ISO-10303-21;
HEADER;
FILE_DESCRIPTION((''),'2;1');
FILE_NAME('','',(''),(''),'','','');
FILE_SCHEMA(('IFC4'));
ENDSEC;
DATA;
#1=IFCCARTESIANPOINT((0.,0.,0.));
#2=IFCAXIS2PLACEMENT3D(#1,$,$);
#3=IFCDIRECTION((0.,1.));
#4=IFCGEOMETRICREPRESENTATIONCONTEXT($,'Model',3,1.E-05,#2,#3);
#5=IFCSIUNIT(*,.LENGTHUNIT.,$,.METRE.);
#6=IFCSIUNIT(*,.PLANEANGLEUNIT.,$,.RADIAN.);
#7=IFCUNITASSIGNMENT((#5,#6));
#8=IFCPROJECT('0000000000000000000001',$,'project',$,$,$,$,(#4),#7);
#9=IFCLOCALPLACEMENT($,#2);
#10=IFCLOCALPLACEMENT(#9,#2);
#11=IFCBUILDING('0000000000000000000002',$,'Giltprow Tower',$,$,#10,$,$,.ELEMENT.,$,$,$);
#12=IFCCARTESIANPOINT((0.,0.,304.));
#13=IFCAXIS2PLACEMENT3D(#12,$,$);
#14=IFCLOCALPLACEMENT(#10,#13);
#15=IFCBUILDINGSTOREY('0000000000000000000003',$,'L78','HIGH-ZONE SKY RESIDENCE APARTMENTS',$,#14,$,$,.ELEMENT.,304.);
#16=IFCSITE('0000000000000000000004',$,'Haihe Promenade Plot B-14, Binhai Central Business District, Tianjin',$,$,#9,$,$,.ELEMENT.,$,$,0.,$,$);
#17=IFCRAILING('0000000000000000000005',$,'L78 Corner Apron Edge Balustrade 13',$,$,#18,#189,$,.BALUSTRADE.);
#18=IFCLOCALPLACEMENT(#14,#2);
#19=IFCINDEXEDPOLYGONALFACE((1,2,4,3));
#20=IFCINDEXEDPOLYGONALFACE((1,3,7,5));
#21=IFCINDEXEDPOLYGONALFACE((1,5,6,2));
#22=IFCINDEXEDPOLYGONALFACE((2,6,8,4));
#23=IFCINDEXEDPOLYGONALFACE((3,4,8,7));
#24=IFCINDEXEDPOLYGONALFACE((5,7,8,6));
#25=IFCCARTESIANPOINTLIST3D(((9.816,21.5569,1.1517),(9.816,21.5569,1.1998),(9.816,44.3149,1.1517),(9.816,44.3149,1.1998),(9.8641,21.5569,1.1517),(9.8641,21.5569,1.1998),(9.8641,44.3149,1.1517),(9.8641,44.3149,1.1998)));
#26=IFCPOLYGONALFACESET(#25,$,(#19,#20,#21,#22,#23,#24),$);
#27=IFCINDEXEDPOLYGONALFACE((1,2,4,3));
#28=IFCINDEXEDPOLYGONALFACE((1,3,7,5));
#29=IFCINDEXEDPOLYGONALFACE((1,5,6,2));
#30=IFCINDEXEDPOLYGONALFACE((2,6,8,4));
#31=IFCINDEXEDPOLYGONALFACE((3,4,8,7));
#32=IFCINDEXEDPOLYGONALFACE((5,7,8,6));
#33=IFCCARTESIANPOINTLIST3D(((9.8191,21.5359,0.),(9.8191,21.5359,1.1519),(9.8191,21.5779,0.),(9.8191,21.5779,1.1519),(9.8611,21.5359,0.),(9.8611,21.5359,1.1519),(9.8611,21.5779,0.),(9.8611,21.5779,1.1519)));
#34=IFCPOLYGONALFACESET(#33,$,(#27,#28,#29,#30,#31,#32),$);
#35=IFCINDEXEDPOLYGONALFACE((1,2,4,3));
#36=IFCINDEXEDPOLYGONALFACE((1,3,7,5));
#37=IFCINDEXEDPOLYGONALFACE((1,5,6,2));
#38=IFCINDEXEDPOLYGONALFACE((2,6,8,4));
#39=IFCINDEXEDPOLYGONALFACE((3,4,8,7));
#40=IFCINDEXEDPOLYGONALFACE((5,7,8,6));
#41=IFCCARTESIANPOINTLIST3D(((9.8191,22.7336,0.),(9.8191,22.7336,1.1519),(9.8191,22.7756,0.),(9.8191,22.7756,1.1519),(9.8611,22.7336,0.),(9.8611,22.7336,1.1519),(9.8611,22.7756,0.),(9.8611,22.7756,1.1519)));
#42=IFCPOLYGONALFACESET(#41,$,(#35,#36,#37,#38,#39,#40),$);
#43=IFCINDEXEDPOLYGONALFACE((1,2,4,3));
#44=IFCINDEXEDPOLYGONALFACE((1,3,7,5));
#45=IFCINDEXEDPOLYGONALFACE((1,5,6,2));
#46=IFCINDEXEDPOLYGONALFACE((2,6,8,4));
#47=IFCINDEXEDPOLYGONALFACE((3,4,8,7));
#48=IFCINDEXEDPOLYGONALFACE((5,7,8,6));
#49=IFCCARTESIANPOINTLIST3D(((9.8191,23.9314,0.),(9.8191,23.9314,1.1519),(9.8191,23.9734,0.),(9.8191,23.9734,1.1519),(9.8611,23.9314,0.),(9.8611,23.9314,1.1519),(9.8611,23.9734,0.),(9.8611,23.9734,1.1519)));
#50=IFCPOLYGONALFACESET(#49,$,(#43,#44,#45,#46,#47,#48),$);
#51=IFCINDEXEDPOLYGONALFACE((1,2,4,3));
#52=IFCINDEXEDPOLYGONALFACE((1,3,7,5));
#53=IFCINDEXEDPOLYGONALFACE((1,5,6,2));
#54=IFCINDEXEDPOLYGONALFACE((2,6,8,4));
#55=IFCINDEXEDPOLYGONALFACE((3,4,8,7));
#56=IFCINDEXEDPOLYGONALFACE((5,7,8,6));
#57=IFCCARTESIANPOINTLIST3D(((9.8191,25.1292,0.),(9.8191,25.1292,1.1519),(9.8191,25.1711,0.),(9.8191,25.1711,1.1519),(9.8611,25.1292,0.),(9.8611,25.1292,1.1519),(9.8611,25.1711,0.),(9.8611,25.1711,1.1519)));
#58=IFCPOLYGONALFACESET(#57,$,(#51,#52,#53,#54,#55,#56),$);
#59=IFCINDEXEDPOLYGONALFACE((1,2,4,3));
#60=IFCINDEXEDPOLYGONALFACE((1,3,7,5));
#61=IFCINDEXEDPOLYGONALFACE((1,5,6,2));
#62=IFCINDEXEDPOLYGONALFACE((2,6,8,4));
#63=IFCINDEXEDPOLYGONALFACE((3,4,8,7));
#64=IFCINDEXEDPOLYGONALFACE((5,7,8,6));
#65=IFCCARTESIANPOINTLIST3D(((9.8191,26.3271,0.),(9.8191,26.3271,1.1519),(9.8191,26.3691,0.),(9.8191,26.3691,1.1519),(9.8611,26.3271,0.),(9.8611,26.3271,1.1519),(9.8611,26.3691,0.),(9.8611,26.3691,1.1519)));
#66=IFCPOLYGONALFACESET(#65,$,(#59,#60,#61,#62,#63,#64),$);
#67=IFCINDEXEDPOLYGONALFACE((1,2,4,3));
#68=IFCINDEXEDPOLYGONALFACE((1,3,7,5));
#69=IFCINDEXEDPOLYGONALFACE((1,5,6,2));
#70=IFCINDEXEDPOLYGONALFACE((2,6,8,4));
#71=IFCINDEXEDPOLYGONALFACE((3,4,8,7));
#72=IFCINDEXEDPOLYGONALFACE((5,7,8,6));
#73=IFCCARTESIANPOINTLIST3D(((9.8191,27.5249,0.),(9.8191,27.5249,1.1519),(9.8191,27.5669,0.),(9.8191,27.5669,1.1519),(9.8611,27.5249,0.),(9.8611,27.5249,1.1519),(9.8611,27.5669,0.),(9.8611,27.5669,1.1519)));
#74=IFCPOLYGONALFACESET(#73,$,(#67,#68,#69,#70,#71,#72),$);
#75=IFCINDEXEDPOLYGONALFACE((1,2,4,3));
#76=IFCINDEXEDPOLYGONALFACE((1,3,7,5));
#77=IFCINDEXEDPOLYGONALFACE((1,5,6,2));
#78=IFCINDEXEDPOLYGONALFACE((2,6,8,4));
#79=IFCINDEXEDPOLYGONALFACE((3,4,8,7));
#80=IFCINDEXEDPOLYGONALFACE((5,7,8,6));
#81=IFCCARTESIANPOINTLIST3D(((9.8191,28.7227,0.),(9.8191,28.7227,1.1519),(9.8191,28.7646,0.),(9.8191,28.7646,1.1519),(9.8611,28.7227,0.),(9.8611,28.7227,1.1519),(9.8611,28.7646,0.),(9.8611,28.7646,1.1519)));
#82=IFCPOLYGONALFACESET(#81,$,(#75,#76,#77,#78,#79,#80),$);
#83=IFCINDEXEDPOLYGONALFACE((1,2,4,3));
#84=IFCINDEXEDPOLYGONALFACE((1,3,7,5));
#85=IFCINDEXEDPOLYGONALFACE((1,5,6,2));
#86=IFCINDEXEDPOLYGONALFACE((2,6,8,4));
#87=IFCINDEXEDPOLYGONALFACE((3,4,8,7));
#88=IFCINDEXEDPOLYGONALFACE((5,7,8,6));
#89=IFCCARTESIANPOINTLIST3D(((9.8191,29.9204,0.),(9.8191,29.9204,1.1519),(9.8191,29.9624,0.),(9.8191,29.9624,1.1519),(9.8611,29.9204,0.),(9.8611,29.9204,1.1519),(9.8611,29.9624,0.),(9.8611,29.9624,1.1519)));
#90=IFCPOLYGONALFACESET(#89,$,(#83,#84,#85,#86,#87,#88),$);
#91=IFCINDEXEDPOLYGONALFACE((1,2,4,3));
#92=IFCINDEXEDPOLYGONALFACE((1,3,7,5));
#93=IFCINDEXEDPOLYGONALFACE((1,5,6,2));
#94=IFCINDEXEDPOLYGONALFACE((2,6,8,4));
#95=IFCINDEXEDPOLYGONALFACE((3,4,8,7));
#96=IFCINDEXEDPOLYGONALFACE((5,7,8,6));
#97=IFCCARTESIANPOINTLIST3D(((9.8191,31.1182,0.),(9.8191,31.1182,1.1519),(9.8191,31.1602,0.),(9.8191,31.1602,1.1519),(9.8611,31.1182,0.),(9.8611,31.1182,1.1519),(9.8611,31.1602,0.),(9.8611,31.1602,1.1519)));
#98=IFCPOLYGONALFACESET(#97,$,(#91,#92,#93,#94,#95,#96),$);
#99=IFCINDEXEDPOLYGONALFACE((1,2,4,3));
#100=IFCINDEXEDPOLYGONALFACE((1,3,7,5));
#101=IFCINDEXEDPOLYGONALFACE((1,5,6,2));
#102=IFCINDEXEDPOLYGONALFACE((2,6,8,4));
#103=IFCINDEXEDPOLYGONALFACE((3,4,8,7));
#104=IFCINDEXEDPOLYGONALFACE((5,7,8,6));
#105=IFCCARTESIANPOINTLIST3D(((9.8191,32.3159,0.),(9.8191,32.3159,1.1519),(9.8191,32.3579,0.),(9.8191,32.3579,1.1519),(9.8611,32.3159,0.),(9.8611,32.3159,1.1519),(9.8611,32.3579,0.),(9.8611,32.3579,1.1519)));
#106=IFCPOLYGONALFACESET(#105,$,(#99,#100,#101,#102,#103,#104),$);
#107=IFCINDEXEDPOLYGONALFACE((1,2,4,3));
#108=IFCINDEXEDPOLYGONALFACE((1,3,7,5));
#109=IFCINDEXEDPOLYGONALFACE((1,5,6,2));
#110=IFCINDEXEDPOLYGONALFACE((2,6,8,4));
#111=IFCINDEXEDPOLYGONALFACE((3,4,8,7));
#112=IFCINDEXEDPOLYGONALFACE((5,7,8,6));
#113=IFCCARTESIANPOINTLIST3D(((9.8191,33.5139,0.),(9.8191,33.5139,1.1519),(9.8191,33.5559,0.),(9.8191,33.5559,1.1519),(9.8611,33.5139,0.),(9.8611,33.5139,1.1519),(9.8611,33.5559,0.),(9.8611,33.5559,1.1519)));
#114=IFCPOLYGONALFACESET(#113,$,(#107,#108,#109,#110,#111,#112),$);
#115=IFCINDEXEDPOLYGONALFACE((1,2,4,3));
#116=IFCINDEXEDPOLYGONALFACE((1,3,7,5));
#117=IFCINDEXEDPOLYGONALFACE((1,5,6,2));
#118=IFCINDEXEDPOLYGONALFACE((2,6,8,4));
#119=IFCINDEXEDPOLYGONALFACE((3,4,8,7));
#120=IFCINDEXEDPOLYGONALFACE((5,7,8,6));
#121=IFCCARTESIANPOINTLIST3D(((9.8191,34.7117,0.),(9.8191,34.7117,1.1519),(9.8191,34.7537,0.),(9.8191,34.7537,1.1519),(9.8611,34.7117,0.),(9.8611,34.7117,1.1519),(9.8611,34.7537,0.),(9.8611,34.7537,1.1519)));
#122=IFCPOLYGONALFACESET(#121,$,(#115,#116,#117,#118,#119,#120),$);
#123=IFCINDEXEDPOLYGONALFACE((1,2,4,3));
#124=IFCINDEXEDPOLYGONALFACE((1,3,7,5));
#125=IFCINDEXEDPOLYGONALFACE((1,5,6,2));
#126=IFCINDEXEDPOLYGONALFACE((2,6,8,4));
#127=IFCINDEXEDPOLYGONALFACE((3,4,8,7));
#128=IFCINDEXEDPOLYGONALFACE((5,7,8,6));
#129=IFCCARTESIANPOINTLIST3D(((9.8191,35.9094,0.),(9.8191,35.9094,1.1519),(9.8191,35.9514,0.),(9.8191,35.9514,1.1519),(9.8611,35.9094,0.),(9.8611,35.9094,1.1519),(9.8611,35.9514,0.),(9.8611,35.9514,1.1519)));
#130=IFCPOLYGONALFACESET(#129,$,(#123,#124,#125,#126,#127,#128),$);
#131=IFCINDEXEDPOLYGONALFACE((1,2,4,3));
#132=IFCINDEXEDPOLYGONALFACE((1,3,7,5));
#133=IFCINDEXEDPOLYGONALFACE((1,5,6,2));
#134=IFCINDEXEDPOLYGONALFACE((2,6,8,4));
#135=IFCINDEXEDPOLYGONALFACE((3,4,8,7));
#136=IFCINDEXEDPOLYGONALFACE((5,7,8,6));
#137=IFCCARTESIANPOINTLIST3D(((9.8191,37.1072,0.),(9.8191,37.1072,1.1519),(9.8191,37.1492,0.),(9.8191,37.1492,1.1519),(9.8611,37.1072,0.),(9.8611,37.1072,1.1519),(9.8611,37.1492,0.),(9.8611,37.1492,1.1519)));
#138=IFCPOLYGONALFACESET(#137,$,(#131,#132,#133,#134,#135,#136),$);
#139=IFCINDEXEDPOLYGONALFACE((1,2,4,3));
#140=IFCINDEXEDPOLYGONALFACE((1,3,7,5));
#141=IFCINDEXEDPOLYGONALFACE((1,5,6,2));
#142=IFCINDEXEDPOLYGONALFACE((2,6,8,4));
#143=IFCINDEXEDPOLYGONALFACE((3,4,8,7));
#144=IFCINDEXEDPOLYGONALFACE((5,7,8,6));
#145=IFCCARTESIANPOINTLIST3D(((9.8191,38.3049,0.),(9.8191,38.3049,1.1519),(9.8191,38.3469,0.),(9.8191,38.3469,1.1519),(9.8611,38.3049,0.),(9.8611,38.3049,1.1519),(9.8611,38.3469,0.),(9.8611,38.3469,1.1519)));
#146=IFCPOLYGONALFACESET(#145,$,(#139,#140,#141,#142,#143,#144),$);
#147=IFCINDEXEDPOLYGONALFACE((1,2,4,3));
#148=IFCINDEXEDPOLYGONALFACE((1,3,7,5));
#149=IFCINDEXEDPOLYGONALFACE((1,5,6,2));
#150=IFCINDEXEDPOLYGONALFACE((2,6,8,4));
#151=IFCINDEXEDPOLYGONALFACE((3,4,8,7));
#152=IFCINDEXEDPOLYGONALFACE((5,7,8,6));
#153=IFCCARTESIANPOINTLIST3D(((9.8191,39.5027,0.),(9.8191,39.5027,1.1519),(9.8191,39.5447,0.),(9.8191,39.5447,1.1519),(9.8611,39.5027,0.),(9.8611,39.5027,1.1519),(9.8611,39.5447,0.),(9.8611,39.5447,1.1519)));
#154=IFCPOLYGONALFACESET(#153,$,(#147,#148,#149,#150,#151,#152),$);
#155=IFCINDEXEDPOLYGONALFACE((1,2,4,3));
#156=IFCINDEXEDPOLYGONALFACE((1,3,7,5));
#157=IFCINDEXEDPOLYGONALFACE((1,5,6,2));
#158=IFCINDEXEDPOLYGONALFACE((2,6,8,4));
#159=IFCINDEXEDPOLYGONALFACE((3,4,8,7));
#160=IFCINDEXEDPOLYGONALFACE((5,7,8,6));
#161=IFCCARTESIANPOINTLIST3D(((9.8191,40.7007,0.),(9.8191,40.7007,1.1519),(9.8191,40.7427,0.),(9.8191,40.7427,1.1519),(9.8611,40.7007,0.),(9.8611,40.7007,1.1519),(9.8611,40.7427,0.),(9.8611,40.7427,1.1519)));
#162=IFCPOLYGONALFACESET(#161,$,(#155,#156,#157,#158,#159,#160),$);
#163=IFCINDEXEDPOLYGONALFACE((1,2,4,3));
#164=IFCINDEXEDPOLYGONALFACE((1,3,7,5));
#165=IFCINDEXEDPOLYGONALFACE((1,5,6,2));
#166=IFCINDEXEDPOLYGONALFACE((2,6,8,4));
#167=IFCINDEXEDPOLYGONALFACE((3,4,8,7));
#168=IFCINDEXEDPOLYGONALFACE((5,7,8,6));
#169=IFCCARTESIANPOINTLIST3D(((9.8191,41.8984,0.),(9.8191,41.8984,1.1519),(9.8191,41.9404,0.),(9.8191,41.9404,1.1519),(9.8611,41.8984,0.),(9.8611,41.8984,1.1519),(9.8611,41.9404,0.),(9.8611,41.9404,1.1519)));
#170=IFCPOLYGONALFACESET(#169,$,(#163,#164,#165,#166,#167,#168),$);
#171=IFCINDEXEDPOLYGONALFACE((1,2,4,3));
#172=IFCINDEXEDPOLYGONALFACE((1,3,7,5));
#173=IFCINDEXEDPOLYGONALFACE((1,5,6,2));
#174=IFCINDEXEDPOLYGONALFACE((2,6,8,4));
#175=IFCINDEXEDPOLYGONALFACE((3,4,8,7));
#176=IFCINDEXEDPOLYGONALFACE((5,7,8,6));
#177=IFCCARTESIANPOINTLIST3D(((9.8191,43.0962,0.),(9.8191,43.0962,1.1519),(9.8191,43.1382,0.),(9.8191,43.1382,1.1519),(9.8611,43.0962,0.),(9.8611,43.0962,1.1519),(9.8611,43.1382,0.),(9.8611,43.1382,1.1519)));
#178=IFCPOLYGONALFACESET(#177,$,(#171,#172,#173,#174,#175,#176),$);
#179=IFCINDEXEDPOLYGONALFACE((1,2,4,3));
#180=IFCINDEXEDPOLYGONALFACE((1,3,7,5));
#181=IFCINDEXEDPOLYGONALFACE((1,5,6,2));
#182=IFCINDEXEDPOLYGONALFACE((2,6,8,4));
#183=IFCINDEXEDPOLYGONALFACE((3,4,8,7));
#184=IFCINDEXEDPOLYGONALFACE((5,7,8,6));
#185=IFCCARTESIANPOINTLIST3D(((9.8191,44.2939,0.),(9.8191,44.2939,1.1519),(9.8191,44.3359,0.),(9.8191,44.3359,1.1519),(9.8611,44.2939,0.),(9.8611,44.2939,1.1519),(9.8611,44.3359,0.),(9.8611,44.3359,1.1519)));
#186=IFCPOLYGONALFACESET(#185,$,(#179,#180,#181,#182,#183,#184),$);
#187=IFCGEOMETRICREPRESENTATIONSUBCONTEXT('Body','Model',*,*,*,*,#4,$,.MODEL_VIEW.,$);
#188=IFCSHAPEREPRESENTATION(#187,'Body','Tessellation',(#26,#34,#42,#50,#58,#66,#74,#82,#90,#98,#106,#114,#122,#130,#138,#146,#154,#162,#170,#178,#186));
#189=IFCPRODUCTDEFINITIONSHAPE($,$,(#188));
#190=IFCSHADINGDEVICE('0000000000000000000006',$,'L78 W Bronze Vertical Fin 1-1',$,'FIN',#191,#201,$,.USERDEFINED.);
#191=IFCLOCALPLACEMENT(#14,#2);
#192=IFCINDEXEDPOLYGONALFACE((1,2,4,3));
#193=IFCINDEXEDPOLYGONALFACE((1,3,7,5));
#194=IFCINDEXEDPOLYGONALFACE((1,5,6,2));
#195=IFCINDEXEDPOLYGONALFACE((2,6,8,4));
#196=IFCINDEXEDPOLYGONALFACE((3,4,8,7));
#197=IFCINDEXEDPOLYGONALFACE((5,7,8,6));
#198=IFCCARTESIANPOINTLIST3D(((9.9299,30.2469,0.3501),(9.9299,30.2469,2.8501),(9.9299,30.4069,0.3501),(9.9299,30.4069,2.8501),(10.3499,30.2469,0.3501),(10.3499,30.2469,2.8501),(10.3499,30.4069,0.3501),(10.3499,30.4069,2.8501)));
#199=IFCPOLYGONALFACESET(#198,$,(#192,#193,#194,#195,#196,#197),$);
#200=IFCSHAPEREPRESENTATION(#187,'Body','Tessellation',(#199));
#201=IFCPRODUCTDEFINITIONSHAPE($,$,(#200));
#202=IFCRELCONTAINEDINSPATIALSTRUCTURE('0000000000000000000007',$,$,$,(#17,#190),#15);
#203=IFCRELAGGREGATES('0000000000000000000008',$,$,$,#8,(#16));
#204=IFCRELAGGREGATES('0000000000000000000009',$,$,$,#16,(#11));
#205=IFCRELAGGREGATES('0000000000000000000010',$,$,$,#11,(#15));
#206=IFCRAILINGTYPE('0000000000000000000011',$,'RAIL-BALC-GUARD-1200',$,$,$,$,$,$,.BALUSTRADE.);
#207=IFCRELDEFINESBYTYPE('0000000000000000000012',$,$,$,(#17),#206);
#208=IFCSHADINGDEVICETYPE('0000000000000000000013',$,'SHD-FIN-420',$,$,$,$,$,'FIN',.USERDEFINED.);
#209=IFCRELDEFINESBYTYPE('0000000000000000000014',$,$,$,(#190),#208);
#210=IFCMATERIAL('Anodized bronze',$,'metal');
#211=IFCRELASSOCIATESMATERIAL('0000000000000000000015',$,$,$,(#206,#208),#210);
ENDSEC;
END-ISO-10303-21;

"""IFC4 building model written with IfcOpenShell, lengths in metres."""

from ifc_helpers import new_model, si_unit, direction, frame, origin, origin_2d, place, context, subcontext, project, spatial, rectangle, extrude, source, transform, mapped, material, type_object, element, save


model = new_model("IFC4")

# Units and contexts
model_context = context("Model", 3, precision=1e-05, world=origin(), true_north=direction((0.0, 1.0)))
body_context = subcontext(model_context, "Body", "Model", "MODEL_VIEW")
ifc_project = project(units=[si_unit("LENGTHUNIT", "METRE"), si_unit("PLANEANGLEUNIT", "RADIAN")], contexts=[model_context])

# Site, building, storey
site_placement = place(None, origin())
site = spatial("IfcSite", under=ifc_project, at=site_placement, Name="Haihe Promenade Plot B-14, Binhai Central Business District, Tianjin", CompositionType="ELEMENT", RefElevation=0.0)
building_placement = place(site_placement, origin())
building = spatial("IfcBuilding", under=site, at=building_placement, Name="Giltprow Tower", CompositionType="ELEMENT")
storey_placement = place(building_placement, frame((0.0, 0.0, 304.0)))
storey = spatial("IfcBuildingStorey", under=building, at=storey_placement, Name="L78", Description="HIGH-ZONE SKY RESIDENCE APARTMENTS", CompositionType="ELEMENT", Elevation=304.0)

# Railing
ifc_material_1 = material(Name="Anodized bronze", Category="metal")
railing_type = type_object("IfcRailingType", Name="RAIL-BALC-GUARD-1200", PredefinedType="BALUSTRADE", material=ifc_material_1)
railing_1_placement = place(storey_placement, frame((9.8401, 21.5569, 0.0)))
element("IfcRailing", 1, at=railing_1_placement, inside=storey, type_object=railing_type, Name="L78 Corner Apron Edge Balustrade 13", PredefinedType="BALUSTRADE", context=body_context, shape_type="SweptSolid", body=[
    extrude(rectangle(XDim=0.0481, YDim=0.0481, at=origin_2d()), frame((0.0, 0.0, 1.1758), z_axis=(0.0, 1.0, 0.0), x_axis=(-1.0, 0.0, 0.0)), (0.0, 0.0, 1.0), 22.7581),
    extrude(rectangle(XDim=0.042, YDim=0.042, at=origin_2d()), origin(), (0.0, 0.0, 1.0), 1.1519),
    extrude(rectangle(XDim=0.042, YDim=0.042, at=origin_2d()), frame((0.0, 1.1978, 0.0)), (0.0, 0.0, 1.0), 1.1519),
    extrude(rectangle(XDim=0.042, YDim=0.042, at=origin_2d()), frame((0.0, 2.3955, 0.0)), (0.0, 0.0, 1.0), 1.1519),
    extrude(rectangle(XDim=0.042, YDim=0.042, at=origin_2d()), frame((0.0, 3.5933, 0.0)), (0.0, 0.0, 1.0), 1.1519),
    extrude(rectangle(XDim=0.042, YDim=0.042, at=origin_2d()), frame((0.0, 4.7913, 0.0)), (0.0, 0.0, 1.0), 1.1519),
    extrude(rectangle(XDim=0.042, YDim=0.042, at=origin_2d()), frame((0.0, 5.989, 0.0)), (0.0, 0.0, 1.0), 1.1519),
    extrude(rectangle(XDim=0.042, YDim=0.042, at=origin_2d()), frame((0.0, 7.1868, 0.0)), (0.0, 0.0, 1.0), 1.1519),
    extrude(rectangle(XDim=0.042, YDim=0.042, at=origin_2d()), frame((0.0, 8.3845, 0.0)), (0.0, 0.0, 1.0), 1.1519),
    extrude(rectangle(XDim=0.042, YDim=0.042, at=origin_2d()), frame((0.0, 9.5823, 0.0)), (0.0, 0.0, 1.0), 1.1519),
    extrude(rectangle(XDim=0.042, YDim=0.042, at=origin_2d()), frame((0.0, 10.78, 0.0)), (0.0, 0.0, 1.0), 1.1519),
    extrude(rectangle(XDim=0.042, YDim=0.042, at=origin_2d()), frame((0.0, 11.978, 0.0)), (0.0, 0.0, 1.0), 1.1519),
    extrude(rectangle(XDim=0.042, YDim=0.042, at=origin_2d()), frame((0.0, 13.1758, 0.0)), (0.0, 0.0, 1.0), 1.1519),
    extrude(rectangle(XDim=0.042, YDim=0.042, at=origin_2d()), frame((0.0, 14.3735, 0.0)), (0.0, 0.0, 1.0), 1.1519),
    extrude(rectangle(XDim=0.042, YDim=0.042, at=origin_2d()), frame((0.0, 15.5713, 0.0)), (0.0, 0.0, 1.0), 1.1519),
    extrude(rectangle(XDim=0.042, YDim=0.042, at=origin_2d()), frame((0.0, 16.769, 0.0)), (0.0, 0.0, 1.0), 1.1519),
    extrude(rectangle(XDim=0.042, YDim=0.042, at=origin_2d()), frame((0.0, 17.9668, 0.0)), (0.0, 0.0, 1.0), 1.1519),
    extrude(rectangle(XDim=0.042, YDim=0.042, at=origin_2d()), frame((0.0, 19.1648, 0.0)), (0.0, 0.0, 1.0), 1.1519),
    extrude(rectangle(XDim=0.042, YDim=0.042, at=origin_2d()), frame((0.0, 20.3625, 0.0)), (0.0, 0.0, 1.0), 1.1519),
    extrude(rectangle(XDim=0.042, YDim=0.042, at=origin_2d()), frame((0.0, 21.5603, 0.0)), (0.0, 0.0, 1.0), 1.1519),
    extrude(rectangle(XDim=0.042, YDim=0.042, at=origin_2d()), frame((0.0, 22.7581, 0.0)), (0.0, 0.0, 1.0), 1.1519),
])

# Shading device
shading_device_type = type_object("IfcShadingDeviceType", Name="SHD-FIN-420", ElementType="FIN", PredefinedType="USERDEFINED", material=ifc_material_1)
shared_shape_1 = source(origin(), body_context, "Body", "SweptSolid", [
    extrude(rectangle(XDim=0.4199, YDim=0.1599, at=origin_2d()), origin(), (0.0, 0.0, 1.0), 2.5),
])
shading_device_placement = place(storey_placement, frame((10.1399, 30.3269, 0.3501), z_axis=(0.0, 0.0, 1.0), x_axis=(1.0, 0.0, 0.0)))
element("IfcShadingDevice", 2, at=shading_device_placement, inside=storey, type_object=shading_device_type, Name="L78 W Bronze Vertical Fin 1-1", ObjectType="FIN", PredefinedType="USERDEFINED", context=body_context, shape_type="MappedRepresentation", body=[
    mapped(shared_shape_1, transform((0.0, 0.0, 0.0), x_axis=(1.0, 0.0, 0.0), y_axis=(0.0, 1.0, 0.0), z_axis=(0.0, 0.0, 1.0), scale=1.0)),
])

save(model, "model.ifc")
